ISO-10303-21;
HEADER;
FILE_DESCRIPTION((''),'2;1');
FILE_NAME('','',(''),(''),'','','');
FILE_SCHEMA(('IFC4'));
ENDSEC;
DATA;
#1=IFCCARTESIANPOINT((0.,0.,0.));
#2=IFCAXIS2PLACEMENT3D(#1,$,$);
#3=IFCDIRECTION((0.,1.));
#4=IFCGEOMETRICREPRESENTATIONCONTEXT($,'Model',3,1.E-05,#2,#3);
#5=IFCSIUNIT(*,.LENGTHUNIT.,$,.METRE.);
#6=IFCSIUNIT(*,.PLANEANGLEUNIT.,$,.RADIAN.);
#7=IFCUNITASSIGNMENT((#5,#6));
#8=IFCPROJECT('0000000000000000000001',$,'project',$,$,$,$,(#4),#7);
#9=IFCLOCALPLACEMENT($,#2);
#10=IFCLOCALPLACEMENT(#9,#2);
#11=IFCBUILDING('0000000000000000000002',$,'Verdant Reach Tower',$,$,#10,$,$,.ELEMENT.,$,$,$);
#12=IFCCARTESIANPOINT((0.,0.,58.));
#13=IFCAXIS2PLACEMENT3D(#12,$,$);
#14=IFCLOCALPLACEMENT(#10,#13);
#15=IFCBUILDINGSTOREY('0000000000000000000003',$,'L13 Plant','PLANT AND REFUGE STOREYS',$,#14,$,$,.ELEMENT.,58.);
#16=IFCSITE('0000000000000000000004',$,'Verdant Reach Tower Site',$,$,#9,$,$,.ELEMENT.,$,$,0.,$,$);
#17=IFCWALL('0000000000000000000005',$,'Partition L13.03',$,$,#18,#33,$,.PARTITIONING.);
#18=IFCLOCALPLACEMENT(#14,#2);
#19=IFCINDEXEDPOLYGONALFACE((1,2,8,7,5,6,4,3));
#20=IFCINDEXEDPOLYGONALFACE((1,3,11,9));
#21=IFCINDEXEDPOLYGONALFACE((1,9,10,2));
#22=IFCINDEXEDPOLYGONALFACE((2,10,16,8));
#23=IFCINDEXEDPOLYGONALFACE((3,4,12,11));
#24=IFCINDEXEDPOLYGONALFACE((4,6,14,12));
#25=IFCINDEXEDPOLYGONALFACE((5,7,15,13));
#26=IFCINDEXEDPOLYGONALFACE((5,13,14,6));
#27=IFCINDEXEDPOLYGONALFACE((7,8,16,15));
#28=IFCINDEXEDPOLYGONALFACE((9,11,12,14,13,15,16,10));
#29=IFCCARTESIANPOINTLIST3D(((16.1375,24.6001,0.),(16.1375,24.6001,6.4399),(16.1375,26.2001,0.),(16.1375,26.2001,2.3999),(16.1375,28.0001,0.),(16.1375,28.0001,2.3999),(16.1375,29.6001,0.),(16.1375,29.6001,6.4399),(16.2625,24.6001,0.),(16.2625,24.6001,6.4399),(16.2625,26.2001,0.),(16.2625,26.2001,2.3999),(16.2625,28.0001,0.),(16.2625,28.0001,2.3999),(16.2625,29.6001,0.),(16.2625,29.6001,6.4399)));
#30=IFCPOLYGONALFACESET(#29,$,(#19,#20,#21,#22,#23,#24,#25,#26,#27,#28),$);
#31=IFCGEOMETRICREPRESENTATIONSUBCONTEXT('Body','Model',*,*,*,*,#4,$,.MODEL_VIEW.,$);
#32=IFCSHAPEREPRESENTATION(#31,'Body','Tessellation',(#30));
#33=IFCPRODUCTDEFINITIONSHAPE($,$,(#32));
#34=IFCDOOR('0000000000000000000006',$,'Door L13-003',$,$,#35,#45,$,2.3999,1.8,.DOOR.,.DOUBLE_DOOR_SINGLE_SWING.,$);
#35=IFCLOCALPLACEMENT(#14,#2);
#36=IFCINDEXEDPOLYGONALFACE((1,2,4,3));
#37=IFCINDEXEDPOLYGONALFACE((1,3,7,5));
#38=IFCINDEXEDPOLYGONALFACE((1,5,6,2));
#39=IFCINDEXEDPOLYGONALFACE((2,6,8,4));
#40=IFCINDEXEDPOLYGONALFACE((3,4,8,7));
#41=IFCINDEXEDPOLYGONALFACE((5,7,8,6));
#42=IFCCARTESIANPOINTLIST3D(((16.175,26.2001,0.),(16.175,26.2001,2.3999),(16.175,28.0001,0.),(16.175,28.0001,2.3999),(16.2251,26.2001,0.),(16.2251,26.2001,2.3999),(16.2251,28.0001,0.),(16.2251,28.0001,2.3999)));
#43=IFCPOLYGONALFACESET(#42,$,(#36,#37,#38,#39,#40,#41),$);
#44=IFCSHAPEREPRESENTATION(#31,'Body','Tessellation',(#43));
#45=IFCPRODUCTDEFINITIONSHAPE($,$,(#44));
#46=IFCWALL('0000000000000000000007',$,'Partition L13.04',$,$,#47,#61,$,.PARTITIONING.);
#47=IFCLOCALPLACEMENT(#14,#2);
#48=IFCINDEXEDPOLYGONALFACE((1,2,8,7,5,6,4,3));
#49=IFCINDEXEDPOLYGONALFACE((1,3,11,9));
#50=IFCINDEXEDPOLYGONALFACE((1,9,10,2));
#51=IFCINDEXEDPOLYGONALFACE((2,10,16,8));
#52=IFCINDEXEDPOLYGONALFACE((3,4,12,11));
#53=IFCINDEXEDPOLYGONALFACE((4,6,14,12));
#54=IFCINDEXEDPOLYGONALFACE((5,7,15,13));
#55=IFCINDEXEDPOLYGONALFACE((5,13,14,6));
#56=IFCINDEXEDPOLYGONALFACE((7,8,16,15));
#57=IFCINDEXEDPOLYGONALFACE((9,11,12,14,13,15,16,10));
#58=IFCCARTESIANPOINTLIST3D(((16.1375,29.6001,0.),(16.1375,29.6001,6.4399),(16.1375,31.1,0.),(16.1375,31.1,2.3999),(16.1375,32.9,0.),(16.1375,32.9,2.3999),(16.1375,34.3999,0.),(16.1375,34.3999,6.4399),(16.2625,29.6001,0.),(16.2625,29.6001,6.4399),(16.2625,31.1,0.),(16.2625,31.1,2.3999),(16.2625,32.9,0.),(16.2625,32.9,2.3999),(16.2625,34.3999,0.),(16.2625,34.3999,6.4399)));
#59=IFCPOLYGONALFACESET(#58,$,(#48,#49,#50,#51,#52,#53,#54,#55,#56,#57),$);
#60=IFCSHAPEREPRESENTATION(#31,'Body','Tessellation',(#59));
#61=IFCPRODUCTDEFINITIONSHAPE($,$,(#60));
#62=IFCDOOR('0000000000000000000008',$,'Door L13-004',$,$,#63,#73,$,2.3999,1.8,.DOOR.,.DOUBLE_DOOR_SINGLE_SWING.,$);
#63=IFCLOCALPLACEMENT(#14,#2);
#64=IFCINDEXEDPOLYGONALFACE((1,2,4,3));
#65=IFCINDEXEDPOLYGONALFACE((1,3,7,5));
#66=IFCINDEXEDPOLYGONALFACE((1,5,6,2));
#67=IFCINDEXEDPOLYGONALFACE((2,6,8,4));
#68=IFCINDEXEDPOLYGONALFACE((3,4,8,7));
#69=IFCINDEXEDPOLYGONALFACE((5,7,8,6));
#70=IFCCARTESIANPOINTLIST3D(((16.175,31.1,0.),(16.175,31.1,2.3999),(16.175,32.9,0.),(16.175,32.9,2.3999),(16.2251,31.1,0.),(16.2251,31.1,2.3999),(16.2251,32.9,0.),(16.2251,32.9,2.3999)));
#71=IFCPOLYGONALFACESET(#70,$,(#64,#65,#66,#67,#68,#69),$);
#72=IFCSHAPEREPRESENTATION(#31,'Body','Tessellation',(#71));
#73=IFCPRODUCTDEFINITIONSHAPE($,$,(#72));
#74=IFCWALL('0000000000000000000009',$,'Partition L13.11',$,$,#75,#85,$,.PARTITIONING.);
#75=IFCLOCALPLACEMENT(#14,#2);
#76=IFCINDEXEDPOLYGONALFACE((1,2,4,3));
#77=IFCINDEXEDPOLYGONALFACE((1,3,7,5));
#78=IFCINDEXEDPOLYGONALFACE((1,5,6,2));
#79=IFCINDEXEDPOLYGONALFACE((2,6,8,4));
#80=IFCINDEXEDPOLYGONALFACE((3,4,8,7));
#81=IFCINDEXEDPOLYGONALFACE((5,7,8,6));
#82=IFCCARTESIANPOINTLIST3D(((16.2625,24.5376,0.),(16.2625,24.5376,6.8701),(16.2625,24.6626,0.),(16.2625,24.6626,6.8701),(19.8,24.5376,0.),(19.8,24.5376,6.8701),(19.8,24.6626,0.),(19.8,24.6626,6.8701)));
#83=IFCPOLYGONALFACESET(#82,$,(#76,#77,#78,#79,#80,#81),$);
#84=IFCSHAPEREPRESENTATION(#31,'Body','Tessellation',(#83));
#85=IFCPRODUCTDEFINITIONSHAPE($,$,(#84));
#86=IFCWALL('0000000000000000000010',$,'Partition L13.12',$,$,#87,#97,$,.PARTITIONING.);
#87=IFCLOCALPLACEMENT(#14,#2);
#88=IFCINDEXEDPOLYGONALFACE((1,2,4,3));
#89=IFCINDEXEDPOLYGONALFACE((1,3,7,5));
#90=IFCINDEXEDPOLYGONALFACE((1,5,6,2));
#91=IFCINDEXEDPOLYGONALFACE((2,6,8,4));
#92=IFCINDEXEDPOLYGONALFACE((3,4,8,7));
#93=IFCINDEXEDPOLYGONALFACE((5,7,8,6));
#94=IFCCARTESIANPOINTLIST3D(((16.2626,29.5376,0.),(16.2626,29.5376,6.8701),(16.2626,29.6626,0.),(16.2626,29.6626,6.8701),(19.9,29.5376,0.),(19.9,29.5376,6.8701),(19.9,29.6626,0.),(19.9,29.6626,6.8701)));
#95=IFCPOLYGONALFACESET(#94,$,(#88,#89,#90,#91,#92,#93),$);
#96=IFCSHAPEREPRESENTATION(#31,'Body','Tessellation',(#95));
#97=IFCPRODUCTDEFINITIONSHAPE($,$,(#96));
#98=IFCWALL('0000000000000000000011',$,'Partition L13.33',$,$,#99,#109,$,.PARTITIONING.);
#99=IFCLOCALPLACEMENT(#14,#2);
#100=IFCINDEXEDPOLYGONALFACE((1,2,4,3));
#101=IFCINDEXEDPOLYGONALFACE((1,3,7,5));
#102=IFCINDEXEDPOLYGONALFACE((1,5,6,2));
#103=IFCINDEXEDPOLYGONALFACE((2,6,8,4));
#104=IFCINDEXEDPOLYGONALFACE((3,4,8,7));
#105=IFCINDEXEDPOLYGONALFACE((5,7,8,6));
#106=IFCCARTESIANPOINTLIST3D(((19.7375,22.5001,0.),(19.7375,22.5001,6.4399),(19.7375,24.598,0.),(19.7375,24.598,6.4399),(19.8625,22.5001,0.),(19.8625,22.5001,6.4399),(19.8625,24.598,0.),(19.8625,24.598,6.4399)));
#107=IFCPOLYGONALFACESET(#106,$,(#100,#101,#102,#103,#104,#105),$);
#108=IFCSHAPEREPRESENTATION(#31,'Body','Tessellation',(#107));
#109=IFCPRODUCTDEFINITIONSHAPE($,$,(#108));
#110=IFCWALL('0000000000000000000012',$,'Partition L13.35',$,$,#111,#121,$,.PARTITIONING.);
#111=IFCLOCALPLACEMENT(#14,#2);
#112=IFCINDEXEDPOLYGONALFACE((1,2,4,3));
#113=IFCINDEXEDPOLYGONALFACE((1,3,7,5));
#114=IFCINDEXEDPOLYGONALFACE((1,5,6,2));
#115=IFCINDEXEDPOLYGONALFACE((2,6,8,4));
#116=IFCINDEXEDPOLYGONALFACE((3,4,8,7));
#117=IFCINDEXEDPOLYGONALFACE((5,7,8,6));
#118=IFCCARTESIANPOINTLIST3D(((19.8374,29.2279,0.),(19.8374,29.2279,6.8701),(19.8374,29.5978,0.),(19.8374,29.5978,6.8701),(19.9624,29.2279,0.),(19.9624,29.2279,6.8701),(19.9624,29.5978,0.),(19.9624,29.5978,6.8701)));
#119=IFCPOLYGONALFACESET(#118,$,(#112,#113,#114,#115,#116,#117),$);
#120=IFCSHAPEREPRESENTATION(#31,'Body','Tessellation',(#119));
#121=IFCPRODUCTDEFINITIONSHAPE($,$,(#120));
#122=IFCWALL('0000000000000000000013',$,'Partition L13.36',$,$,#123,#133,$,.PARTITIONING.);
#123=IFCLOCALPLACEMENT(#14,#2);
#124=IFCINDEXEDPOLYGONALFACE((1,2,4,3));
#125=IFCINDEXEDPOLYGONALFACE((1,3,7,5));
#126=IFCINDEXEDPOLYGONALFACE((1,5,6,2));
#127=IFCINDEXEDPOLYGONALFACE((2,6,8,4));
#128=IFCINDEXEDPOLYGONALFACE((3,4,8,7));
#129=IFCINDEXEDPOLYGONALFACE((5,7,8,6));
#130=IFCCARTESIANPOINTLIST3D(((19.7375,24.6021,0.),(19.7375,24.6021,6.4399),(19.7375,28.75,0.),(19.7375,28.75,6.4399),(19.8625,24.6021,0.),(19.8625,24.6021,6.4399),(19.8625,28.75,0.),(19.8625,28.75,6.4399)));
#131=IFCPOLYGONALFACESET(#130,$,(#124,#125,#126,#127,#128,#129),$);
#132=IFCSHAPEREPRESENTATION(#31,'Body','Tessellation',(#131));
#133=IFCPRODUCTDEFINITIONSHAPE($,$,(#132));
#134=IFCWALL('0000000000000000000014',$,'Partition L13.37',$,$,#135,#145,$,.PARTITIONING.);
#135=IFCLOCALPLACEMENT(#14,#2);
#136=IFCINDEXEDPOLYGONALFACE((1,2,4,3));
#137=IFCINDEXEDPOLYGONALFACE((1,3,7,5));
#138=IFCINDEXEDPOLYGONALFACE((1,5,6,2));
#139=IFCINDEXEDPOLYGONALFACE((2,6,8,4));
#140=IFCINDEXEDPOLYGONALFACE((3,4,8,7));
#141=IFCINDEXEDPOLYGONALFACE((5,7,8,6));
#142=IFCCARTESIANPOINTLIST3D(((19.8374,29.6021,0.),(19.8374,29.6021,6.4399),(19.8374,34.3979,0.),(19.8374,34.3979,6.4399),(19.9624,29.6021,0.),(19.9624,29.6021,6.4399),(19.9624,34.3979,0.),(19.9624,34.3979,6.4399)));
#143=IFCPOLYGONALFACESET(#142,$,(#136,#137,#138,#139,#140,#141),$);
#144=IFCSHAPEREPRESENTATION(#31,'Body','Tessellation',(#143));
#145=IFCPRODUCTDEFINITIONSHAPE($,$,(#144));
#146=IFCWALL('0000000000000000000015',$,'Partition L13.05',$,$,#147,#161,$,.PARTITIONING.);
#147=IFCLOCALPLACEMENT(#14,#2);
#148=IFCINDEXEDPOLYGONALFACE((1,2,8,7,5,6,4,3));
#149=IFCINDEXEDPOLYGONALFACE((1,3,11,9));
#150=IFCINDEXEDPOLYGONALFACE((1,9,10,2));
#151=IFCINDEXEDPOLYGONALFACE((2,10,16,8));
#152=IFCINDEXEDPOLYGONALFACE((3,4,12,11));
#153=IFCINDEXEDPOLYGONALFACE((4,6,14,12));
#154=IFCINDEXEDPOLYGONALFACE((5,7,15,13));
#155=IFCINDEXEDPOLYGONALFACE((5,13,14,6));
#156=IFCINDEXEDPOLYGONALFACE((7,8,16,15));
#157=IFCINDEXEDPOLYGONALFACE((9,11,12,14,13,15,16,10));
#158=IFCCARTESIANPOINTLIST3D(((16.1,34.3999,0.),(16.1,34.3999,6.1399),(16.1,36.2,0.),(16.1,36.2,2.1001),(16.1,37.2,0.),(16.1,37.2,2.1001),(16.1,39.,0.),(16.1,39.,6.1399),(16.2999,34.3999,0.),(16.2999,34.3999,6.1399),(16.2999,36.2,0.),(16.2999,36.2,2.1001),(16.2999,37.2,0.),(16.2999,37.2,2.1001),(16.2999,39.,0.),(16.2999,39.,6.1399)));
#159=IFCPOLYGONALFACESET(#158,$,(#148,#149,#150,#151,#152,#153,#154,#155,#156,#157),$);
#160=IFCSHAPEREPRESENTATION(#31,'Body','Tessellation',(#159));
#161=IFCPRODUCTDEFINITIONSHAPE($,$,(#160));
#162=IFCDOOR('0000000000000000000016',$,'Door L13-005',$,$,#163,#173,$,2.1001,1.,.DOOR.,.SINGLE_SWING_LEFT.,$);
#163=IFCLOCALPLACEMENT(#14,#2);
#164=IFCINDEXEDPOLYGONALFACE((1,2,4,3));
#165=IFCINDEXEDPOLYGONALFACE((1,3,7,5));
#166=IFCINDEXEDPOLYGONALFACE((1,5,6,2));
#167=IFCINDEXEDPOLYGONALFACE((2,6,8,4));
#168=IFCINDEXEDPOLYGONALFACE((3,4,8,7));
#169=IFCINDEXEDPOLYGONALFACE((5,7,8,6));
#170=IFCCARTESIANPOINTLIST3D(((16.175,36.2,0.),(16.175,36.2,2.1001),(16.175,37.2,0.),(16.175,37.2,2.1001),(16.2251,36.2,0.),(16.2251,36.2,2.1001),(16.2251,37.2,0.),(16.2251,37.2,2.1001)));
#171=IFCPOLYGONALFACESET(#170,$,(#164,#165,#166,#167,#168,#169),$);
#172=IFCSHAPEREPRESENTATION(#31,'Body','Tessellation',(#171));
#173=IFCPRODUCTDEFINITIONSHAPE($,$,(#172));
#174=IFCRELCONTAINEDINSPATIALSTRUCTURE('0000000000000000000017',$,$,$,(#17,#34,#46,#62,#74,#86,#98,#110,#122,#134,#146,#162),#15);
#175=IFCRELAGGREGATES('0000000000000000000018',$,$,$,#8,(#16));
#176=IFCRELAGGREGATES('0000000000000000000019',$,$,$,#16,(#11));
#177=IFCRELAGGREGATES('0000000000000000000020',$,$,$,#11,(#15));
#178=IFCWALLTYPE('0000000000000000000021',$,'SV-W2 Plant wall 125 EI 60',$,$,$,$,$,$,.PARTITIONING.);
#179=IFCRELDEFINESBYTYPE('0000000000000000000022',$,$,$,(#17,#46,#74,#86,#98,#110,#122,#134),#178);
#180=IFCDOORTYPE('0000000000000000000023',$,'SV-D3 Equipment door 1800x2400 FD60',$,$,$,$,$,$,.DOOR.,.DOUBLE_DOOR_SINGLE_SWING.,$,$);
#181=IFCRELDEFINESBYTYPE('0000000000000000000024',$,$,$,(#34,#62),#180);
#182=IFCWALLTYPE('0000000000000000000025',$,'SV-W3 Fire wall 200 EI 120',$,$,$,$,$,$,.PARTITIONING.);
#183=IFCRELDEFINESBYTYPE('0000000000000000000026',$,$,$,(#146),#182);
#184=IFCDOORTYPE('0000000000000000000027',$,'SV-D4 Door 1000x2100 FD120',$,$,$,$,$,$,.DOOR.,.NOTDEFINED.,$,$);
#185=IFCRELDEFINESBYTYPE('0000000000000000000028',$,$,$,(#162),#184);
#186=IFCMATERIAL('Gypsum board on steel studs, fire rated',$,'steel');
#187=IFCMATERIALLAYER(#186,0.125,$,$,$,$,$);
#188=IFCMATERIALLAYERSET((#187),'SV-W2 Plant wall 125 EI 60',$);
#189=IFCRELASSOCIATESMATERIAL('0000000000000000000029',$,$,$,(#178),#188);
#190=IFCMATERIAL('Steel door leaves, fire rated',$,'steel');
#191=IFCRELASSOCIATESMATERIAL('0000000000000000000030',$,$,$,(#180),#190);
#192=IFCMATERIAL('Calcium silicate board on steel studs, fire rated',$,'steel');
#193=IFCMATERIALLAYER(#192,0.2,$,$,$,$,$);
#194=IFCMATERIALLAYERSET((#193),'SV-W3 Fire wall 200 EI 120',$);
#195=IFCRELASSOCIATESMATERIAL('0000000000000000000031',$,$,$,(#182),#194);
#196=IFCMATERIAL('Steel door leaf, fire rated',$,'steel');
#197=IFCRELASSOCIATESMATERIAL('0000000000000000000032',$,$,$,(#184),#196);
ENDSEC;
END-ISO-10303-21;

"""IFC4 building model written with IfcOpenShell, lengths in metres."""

from ifc_helpers import new_model, si_unit, direction, frame, frame_2d, origin, place, context, subcontext, project, spatial, rectangle, extrude, material, layer, layer_set, type_object, element, fill, save


model = new_model("IFC4")

# Units and contexts
model_context = context("Model", 3, precision=1e-05, world=origin(), true_north=direction((0.0, 1.0)))
body_context = subcontext(model_context, "Body", "Model", "MODEL_VIEW")
ifc_project = project(units=[si_unit("LENGTHUNIT", "METRE"), si_unit("PLANEANGLEUNIT", "RADIAN")], contexts=[model_context])

# Site, building, storey
site_placement = place(None, origin())
site = spatial("IfcSite", under=ifc_project, at=site_placement, Name="Verdant Reach Tower Site", CompositionType="ELEMENT", RefElevation=0.0)
building_placement = place(site_placement, origin())
building = spatial("IfcBuilding", under=site, at=building_placement, Name="Verdant Reach Tower", CompositionType="ELEMENT")
storey_placement = place(building_placement, frame((0.0, 0.0, 58.0)))
storey = spatial("IfcBuildingStorey", under=building, at=storey_placement, Name="L13 Plant", Description="PLANT AND REFUGE STOREYS", CompositionType="ELEMENT", Elevation=58.0)

# Walls, openings, doors
ifc_material_1 = material(Name="Gypsum board on steel studs, fire rated", Category="steel")
ifc_layer_1 = layer(ifc_material_1, 0.125)
ifc_layer_set_1 = layer_set([ifc_layer_1], Name="SV-W2 Plant wall 125 EI 60")
wall_type_1 = type_object("IfcWallType", Name="SV-W2 Plant wall 125 EI 60", PredefinedType="PARTITIONING", material=ifc_layer_set_1)
wall_1_placement = place(storey_placement, frame((16.2, 24.6001, 0.0), z_axis=(0.0, 0.0, 1.0), x_axis=(0.0, 1.0, 0.0)))
wall_1 = element("IfcWall", 1, at=wall_1_placement, inside=storey, type_object=wall_type_1, Name="Partition L13.03", PredefinedType="PARTITIONING", context=body_context, shape_type="SweptSolid", body=[
    extrude(rectangle(XDim=5.0, YDim=0.125, at=frame_2d((2.5, 0.0))), origin(), (0.0, 0.0, 1.0), 6.4399),
])
opening_1_placement = place(wall_1_placement, frame((1.6001, 0.0, 0.0)))
opening_1 = element("IfcOpeningElement", 2, at=opening_1_placement, cuts=wall_1, PredefinedType="OPENING", context=body_context, shape_type="SweptSolid", body=[
    extrude(rectangle(XDim=1.8, YDim=2.3999, at=frame_2d((0.8999, 1.2))), frame((0.0, 0.0725, 0.0), z_axis=(0.0, -1.0, 0.0), x_axis=(1.0, 0.0, 0.0)), (0.0, 0.0, 1.0), 0.145),
])
ifc_material_2 = material(Name="Steel door leaves, fire rated", Category="steel")
door_type_1 = type_object("IfcDoorType", Name="SV-D3 Equipment door 1800x2400 FD60", OperationType="DOUBLE_DOOR_SINGLE_SWING", PredefinedType="DOOR", material=ifc_material_2)
door_1_placement = place(opening_1_placement, origin())
door_1 = element("IfcDoor", 3, at=door_1_placement, inside=storey, type_object=door_type_1, Name="Door L13-003", OperationType="DOUBLE_DOOR_SINGLE_SWING", OverallHeight=2.3999, OverallWidth=1.8, PredefinedType="DOOR", context=body_context, shape_type="SweptSolid", body=[
    extrude(rectangle(XDim=1.8, YDim=2.3999, at=frame_2d((0.8999, 1.2))), frame((0.0, 0.0249, 0.0), z_axis=(0.0, -1.0, 0.0), x_axis=(1.0, 0.0, 0.0)), (0.0, 0.0, 1.0), 0.05),
])
fill(opening_1, door_1)
wall_2_placement = place(storey_placement, frame((16.2, 29.6001, 0.0), z_axis=(0.0, 0.0, 1.0), x_axis=(0.0, 1.0, 0.0)))
wall_2 = element("IfcWall", 4, at=wall_2_placement, inside=storey, type_object=wall_type_1, Name="Partition L13.04", PredefinedType="PARTITIONING", context=body_context, shape_type="SweptSolid", body=[
    extrude(rectangle(XDim=4.7998, YDim=0.125, at=frame_2d((2.3999, 0.0))), origin(), (0.0, 0.0, 1.0), 6.4399),
])
opening_2_placement = place(wall_2_placement, frame((1.5, 0.0, 0.0)))
opening_2 = element("IfcOpeningElement", 5, at=opening_2_placement, cuts=wall_2, PredefinedType="OPENING", context=body_context, shape_type="SweptSolid", body=[
    extrude(rectangle(XDim=1.8, YDim=2.3999, at=frame_2d((0.8999, 1.2))), frame((0.0, 0.0725, 0.0), z_axis=(0.0, -1.0, 0.0), x_axis=(1.0, 0.0, 0.0)), (0.0, 0.0, 1.0), 0.145),
])
door_2_placement = place(opening_2_placement, origin())
door_2 = element("IfcDoor", 6, at=door_2_placement, inside=storey, type_object=door_type_1, Name="Door L13-004", OperationType="DOUBLE_DOOR_SINGLE_SWING", OverallHeight=2.3999, OverallWidth=1.8, PredefinedType="DOOR", context=body_context, shape_type="SweptSolid", body=[
    extrude(rectangle(XDim=1.8, YDim=2.3999, at=frame_2d((0.8999, 1.2))), frame((0.0, 0.0249, 0.0), z_axis=(0.0, -1.0, 0.0), x_axis=(1.0, 0.0, 0.0)), (0.0, 0.0, 1.0), 0.05),
])
fill(opening_2, door_2)

# Walls
wall_3_placement = place(storey_placement, frame((16.2625, 24.6001, 0.0), z_axis=(0.0, 0.0, 1.0), x_axis=(1.0, 0.0, 0.0)))
element("IfcWall", 7, at=wall_3_placement, inside=storey, type_object=wall_type_1, Name="Partition L13.11", PredefinedType="PARTITIONING", context=body_context, shape_type="SweptSolid", body=[
    extrude(rectangle(XDim=3.5376, YDim=0.125, at=frame_2d((1.7688, 0.0))), origin(), (0.0, 0.0, 1.0), 6.8701),
])
wall_4_placement = place(storey_placement, frame((16.2625, 29.6001, 0.0), z_axis=(0.0, 0.0, 1.0), x_axis=(1.0, 0.0, 0.0)))
element("IfcWall", 8, at=wall_4_placement, inside=storey, type_object=wall_type_1, Name="Partition L13.12", PredefinedType="PARTITIONING", context=body_context, shape_type="SweptSolid", body=[
    extrude(rectangle(XDim=3.6375, YDim=0.125, at=frame_2d((1.8188, 0.0))), origin(), (0.0, 0.0, 1.0), 6.8701),
])
wall_5_placement = place(storey_placement, frame((19.8, 24.5979, 0.0), z_axis=(0.0, 0.0, 1.0), x_axis=(0.0, -1.0, 0.0)))
element("IfcWall", 9, at=wall_5_placement, inside=storey, type_object=wall_type_1, Name="Partition L13.33", PredefinedType="PARTITIONING", context=body_context, shape_type="SweptSolid", body=[
    extrude(rectangle(XDim=2.0979, YDim=0.125, at=frame_2d((1.0488, 0.0))), origin(), (0.0, 0.0, 1.0), 6.4399),
])
wall_6_placement = place(storey_placement, frame((19.8999, 29.5979, 0.0), z_axis=(0.0, 0.0, 1.0), x_axis=(0.0, -1.0, 0.0)))
element("IfcWall", 10, at=wall_6_placement, inside=storey, type_object=wall_type_1, Name="Partition L13.35", PredefinedType="PARTITIONING", context=body_context, shape_type="SweptSolid", body=[
    extrude(rectangle(XDim=0.3699, YDim=0.125, at=frame_2d((0.1851, 0.0))), origin(), (0.0, 0.0, 1.0), 6.8701),
])
wall_7_placement = place(storey_placement, frame((19.8, 28.75, 0.0), z_axis=(0.0, 0.0, 1.0), x_axis=(0.0, -1.0, 0.0)))
element("IfcWall", 11, at=wall_7_placement, inside=storey, type_object=wall_type_1, Name="Partition L13.36", PredefinedType="PARTITIONING", context=body_context, shape_type="SweptSolid", body=[
    extrude(rectangle(XDim=4.1479, YDim=0.125, at=frame_2d((2.074, 0.0))), origin(), (0.0, 0.0, 1.0), 6.4399),
])
wall_8_placement = place(storey_placement, frame((19.8999, 34.3979, 0.0), z_axis=(0.0, 0.0, 1.0), x_axis=(0.0, -1.0, 0.0)))
element("IfcWall", 12, at=wall_8_placement, inside=storey, type_object=wall_type_1, Name="Partition L13.37", PredefinedType="PARTITIONING", context=body_context, shape_type="SweptSolid", body=[
    extrude(rectangle(XDim=4.7959, YDim=0.125, at=frame_2d((2.3979, 0.0))), origin(), (0.0, 0.0, 1.0), 6.4399),
])

# Wall, opening, door
ifc_material_3 = material(Name="Calcium silicate board on steel studs, fire rated", Category="steel")
ifc_layer_2 = layer(ifc_material_3, 0.2)
ifc_layer_set_2 = layer_set([ifc_layer_2], Name="SV-W3 Fire wall 200 EI 120")
wall_type_2 = type_object("IfcWallType", Name="SV-W3 Fire wall 200 EI 120", PredefinedType="PARTITIONING", material=ifc_layer_set_2)
wall_9_placement = place(storey_placement, frame((16.2, 34.3999, 0.0), z_axis=(0.0, 0.0, 1.0), x_axis=(0.0, 1.0, 0.0)))
wall_9 = element("IfcWall", 13, at=wall_9_placement, inside=storey, type_object=wall_type_2, Name="Partition L13.05", PredefinedType="PARTITIONING", context=body_context, shape_type="SweptSolid", body=[
    extrude(rectangle(XDim=4.6001, YDim=0.2, at=frame_2d((2.3, 0.0))), origin(), (0.0, 0.0, 1.0), 6.1399),
])
opening_3_placement = place(wall_9_placement, frame((1.8, 0.0, 0.0)))
opening_3 = element("IfcOpeningElement", 14, at=opening_3_placement, cuts=wall_9, PredefinedType="OPENING", context=body_context, shape_type="SweptSolid", body=[
    extrude(rectangle(XDim=1.0, YDim=2.1001, at=frame_2d((0.5, 1.05))), frame((0.0, 0.1099, 0.0), z_axis=(0.0, -1.0, 0.0), x_axis=(1.0, 0.0, 0.0)), (0.0, 0.0, 1.0), 0.22),
])
ifc_material_4 = material(Name="Steel door leaf, fire rated", Category="steel")
door_type_2 = type_object("IfcDoorType", Name="SV-D4 Door 1000x2100 FD120", OperationType="NOTDEFINED", PredefinedType="DOOR", material=ifc_material_4)
door_3_placement = place(opening_3_placement, origin())
door_3 = element("IfcDoor", 15, at=door_3_placement, inside=storey, type_object=door_type_2, Name="Door L13-005", OperationType="SINGLE_SWING_LEFT", OverallHeight=2.1001, OverallWidth=1.0, PredefinedType="DOOR", context=body_context, shape_type="SweptSolid", body=[
    extrude(rectangle(XDim=1.0, YDim=2.1001, at=frame_2d((0.5, 1.05))), frame((0.0, 0.0249, 0.0), z_axis=(0.0, -1.0, 0.0), x_axis=(1.0, 0.0, 0.0)), (0.0, 0.0, 1.0), 0.05),
])
fill(opening_3, door_3)

save(model, "model.ifc")
